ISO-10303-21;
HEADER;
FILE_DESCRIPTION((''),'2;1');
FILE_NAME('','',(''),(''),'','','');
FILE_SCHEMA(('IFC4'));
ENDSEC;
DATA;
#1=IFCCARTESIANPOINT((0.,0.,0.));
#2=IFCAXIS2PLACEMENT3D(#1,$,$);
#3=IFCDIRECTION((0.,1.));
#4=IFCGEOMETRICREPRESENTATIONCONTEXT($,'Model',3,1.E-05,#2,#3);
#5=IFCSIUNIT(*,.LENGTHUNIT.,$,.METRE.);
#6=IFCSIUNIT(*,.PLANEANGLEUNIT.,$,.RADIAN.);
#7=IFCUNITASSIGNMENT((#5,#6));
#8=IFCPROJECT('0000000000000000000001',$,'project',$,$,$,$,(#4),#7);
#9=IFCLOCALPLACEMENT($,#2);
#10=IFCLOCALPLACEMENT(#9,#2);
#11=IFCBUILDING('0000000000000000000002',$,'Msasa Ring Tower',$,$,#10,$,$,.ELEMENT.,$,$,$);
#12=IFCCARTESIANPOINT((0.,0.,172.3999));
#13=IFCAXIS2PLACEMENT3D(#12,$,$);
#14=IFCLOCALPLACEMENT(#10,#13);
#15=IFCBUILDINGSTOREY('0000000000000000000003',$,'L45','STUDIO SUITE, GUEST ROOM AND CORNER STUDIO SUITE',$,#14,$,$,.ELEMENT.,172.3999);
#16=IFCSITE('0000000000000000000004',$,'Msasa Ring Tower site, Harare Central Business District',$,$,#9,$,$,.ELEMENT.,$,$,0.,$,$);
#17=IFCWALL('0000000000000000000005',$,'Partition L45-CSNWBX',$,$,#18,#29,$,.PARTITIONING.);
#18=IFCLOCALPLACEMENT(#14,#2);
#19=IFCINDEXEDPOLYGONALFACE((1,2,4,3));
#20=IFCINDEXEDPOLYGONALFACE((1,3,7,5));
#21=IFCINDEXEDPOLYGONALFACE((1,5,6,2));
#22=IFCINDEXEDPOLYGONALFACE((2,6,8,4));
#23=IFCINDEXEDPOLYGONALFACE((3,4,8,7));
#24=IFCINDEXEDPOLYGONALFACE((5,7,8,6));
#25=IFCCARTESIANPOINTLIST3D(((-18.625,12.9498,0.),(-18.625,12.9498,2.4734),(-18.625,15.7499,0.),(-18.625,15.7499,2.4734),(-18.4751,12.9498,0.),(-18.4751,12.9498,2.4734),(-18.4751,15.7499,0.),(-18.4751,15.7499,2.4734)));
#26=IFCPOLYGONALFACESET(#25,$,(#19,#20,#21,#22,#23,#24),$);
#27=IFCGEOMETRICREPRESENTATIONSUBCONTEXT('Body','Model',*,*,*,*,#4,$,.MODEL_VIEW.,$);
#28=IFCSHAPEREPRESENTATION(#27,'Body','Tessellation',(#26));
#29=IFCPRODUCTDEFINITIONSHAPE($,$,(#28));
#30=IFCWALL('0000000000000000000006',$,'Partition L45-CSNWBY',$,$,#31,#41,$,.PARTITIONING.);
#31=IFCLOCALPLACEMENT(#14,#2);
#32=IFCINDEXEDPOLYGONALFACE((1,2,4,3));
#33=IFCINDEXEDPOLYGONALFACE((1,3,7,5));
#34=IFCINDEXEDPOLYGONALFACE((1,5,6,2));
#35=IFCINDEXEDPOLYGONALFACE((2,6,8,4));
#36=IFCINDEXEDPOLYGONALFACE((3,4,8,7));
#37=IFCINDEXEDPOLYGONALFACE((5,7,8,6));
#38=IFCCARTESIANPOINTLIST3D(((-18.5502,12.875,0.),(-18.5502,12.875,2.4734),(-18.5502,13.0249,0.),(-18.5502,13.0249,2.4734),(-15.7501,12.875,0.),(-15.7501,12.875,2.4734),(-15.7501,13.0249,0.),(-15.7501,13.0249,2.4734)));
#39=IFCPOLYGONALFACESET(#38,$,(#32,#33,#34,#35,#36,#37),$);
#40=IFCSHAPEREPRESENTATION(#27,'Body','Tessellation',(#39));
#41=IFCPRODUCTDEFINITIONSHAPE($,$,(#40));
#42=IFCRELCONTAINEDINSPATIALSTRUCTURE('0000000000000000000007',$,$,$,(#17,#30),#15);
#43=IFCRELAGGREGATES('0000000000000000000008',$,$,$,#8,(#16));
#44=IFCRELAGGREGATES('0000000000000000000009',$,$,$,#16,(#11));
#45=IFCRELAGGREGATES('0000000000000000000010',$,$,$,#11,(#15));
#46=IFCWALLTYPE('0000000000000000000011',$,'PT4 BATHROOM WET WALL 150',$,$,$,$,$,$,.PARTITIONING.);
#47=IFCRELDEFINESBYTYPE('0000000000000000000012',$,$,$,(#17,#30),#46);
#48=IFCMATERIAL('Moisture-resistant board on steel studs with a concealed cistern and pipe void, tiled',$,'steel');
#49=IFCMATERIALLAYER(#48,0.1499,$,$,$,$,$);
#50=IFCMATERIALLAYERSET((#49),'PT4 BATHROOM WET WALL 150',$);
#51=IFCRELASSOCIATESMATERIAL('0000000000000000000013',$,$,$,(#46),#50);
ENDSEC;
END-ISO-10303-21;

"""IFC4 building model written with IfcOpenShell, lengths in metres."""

from ifc_helpers import new_model, si_unit, direction, frame, frame_2d, origin, place, context, subcontext, project, spatial, rectangle, extrude, material, layer, layer_set, type_object, element, save


model = new_model("IFC4")

# Units and contexts
model_context = context("Model", 3, precision=1e-05, world=origin(), true_north=direction((0.0, 1.0)))
body_context = subcontext(model_context, "Body", "Model", "MODEL_VIEW")
ifc_project = project(units=[si_unit("LENGTHUNIT", "METRE"), si_unit("PLANEANGLEUNIT", "RADIAN")], contexts=[model_context])

# Site, building, storey
site_placement = place(None, origin())
site = spatial("IfcSite", under=ifc_project, at=site_placement, Name="Msasa Ring Tower site, Harare Central Business District", CompositionType="ELEMENT", RefElevation=0.0)
building_placement = place(site_placement, origin())
building = spatial("IfcBuilding", under=site, at=building_placement, Name="Msasa Ring Tower", CompositionType="ELEMENT")
storey_placement = place(building_placement, frame((0.0, 0.0, 172.3999)))
storey = spatial("IfcBuildingStorey", under=building, at=storey_placement, Name="L45", Description="STUDIO SUITE, GUEST ROOM AND CORNER STUDIO SUITE", CompositionType="ELEMENT", Elevation=172.3999)

# Walls
ifc_material_1 = material(Name="Moisture-resistant board on steel studs with a concealed cistern and pipe void, tiled", Category="steel")
ifc_layer_1 = layer(ifc_material_1, 0.1499)
ifc_layer_set_1 = layer_set([ifc_layer_1], Name="PT4 BATHROOM WET WALL 150")
wall_type_1 = type_object("IfcWallType", Name="PT4 BATHROOM WET WALL 150", PredefinedType="PARTITIONING", material=ifc_layer_set_1)
for number, where, z_axis, x_axis, name in (
    (1, (-18.55, 12.95, 0.0), (0.0, 0.0, 1.0), (0.0, 1.0, 0.0), "Partition L45-CSNWBX"),
    (2, (-18.55, 12.95, 0.0), (0.0, 0.0, 1.0), (1.0, 0.0, 0.0), "Partition L45-CSNWBY"),
):
    element("IfcWall", number, at=place(storey_placement, frame(where, z_axis=z_axis, x_axis=x_axis)), inside=storey, type_object=wall_type_1, Name=name, PredefinedType="PARTITIONING", context=body_context, shape_type="SweptSolid", body=[
        extrude(rectangle(XDim=2.8, YDim=0.1499, at=frame_2d((1.3999, 0.0))), origin(), (0.0, 0.0, 1.0), 2.4734),
    ])

save(model, "model.ifc")
